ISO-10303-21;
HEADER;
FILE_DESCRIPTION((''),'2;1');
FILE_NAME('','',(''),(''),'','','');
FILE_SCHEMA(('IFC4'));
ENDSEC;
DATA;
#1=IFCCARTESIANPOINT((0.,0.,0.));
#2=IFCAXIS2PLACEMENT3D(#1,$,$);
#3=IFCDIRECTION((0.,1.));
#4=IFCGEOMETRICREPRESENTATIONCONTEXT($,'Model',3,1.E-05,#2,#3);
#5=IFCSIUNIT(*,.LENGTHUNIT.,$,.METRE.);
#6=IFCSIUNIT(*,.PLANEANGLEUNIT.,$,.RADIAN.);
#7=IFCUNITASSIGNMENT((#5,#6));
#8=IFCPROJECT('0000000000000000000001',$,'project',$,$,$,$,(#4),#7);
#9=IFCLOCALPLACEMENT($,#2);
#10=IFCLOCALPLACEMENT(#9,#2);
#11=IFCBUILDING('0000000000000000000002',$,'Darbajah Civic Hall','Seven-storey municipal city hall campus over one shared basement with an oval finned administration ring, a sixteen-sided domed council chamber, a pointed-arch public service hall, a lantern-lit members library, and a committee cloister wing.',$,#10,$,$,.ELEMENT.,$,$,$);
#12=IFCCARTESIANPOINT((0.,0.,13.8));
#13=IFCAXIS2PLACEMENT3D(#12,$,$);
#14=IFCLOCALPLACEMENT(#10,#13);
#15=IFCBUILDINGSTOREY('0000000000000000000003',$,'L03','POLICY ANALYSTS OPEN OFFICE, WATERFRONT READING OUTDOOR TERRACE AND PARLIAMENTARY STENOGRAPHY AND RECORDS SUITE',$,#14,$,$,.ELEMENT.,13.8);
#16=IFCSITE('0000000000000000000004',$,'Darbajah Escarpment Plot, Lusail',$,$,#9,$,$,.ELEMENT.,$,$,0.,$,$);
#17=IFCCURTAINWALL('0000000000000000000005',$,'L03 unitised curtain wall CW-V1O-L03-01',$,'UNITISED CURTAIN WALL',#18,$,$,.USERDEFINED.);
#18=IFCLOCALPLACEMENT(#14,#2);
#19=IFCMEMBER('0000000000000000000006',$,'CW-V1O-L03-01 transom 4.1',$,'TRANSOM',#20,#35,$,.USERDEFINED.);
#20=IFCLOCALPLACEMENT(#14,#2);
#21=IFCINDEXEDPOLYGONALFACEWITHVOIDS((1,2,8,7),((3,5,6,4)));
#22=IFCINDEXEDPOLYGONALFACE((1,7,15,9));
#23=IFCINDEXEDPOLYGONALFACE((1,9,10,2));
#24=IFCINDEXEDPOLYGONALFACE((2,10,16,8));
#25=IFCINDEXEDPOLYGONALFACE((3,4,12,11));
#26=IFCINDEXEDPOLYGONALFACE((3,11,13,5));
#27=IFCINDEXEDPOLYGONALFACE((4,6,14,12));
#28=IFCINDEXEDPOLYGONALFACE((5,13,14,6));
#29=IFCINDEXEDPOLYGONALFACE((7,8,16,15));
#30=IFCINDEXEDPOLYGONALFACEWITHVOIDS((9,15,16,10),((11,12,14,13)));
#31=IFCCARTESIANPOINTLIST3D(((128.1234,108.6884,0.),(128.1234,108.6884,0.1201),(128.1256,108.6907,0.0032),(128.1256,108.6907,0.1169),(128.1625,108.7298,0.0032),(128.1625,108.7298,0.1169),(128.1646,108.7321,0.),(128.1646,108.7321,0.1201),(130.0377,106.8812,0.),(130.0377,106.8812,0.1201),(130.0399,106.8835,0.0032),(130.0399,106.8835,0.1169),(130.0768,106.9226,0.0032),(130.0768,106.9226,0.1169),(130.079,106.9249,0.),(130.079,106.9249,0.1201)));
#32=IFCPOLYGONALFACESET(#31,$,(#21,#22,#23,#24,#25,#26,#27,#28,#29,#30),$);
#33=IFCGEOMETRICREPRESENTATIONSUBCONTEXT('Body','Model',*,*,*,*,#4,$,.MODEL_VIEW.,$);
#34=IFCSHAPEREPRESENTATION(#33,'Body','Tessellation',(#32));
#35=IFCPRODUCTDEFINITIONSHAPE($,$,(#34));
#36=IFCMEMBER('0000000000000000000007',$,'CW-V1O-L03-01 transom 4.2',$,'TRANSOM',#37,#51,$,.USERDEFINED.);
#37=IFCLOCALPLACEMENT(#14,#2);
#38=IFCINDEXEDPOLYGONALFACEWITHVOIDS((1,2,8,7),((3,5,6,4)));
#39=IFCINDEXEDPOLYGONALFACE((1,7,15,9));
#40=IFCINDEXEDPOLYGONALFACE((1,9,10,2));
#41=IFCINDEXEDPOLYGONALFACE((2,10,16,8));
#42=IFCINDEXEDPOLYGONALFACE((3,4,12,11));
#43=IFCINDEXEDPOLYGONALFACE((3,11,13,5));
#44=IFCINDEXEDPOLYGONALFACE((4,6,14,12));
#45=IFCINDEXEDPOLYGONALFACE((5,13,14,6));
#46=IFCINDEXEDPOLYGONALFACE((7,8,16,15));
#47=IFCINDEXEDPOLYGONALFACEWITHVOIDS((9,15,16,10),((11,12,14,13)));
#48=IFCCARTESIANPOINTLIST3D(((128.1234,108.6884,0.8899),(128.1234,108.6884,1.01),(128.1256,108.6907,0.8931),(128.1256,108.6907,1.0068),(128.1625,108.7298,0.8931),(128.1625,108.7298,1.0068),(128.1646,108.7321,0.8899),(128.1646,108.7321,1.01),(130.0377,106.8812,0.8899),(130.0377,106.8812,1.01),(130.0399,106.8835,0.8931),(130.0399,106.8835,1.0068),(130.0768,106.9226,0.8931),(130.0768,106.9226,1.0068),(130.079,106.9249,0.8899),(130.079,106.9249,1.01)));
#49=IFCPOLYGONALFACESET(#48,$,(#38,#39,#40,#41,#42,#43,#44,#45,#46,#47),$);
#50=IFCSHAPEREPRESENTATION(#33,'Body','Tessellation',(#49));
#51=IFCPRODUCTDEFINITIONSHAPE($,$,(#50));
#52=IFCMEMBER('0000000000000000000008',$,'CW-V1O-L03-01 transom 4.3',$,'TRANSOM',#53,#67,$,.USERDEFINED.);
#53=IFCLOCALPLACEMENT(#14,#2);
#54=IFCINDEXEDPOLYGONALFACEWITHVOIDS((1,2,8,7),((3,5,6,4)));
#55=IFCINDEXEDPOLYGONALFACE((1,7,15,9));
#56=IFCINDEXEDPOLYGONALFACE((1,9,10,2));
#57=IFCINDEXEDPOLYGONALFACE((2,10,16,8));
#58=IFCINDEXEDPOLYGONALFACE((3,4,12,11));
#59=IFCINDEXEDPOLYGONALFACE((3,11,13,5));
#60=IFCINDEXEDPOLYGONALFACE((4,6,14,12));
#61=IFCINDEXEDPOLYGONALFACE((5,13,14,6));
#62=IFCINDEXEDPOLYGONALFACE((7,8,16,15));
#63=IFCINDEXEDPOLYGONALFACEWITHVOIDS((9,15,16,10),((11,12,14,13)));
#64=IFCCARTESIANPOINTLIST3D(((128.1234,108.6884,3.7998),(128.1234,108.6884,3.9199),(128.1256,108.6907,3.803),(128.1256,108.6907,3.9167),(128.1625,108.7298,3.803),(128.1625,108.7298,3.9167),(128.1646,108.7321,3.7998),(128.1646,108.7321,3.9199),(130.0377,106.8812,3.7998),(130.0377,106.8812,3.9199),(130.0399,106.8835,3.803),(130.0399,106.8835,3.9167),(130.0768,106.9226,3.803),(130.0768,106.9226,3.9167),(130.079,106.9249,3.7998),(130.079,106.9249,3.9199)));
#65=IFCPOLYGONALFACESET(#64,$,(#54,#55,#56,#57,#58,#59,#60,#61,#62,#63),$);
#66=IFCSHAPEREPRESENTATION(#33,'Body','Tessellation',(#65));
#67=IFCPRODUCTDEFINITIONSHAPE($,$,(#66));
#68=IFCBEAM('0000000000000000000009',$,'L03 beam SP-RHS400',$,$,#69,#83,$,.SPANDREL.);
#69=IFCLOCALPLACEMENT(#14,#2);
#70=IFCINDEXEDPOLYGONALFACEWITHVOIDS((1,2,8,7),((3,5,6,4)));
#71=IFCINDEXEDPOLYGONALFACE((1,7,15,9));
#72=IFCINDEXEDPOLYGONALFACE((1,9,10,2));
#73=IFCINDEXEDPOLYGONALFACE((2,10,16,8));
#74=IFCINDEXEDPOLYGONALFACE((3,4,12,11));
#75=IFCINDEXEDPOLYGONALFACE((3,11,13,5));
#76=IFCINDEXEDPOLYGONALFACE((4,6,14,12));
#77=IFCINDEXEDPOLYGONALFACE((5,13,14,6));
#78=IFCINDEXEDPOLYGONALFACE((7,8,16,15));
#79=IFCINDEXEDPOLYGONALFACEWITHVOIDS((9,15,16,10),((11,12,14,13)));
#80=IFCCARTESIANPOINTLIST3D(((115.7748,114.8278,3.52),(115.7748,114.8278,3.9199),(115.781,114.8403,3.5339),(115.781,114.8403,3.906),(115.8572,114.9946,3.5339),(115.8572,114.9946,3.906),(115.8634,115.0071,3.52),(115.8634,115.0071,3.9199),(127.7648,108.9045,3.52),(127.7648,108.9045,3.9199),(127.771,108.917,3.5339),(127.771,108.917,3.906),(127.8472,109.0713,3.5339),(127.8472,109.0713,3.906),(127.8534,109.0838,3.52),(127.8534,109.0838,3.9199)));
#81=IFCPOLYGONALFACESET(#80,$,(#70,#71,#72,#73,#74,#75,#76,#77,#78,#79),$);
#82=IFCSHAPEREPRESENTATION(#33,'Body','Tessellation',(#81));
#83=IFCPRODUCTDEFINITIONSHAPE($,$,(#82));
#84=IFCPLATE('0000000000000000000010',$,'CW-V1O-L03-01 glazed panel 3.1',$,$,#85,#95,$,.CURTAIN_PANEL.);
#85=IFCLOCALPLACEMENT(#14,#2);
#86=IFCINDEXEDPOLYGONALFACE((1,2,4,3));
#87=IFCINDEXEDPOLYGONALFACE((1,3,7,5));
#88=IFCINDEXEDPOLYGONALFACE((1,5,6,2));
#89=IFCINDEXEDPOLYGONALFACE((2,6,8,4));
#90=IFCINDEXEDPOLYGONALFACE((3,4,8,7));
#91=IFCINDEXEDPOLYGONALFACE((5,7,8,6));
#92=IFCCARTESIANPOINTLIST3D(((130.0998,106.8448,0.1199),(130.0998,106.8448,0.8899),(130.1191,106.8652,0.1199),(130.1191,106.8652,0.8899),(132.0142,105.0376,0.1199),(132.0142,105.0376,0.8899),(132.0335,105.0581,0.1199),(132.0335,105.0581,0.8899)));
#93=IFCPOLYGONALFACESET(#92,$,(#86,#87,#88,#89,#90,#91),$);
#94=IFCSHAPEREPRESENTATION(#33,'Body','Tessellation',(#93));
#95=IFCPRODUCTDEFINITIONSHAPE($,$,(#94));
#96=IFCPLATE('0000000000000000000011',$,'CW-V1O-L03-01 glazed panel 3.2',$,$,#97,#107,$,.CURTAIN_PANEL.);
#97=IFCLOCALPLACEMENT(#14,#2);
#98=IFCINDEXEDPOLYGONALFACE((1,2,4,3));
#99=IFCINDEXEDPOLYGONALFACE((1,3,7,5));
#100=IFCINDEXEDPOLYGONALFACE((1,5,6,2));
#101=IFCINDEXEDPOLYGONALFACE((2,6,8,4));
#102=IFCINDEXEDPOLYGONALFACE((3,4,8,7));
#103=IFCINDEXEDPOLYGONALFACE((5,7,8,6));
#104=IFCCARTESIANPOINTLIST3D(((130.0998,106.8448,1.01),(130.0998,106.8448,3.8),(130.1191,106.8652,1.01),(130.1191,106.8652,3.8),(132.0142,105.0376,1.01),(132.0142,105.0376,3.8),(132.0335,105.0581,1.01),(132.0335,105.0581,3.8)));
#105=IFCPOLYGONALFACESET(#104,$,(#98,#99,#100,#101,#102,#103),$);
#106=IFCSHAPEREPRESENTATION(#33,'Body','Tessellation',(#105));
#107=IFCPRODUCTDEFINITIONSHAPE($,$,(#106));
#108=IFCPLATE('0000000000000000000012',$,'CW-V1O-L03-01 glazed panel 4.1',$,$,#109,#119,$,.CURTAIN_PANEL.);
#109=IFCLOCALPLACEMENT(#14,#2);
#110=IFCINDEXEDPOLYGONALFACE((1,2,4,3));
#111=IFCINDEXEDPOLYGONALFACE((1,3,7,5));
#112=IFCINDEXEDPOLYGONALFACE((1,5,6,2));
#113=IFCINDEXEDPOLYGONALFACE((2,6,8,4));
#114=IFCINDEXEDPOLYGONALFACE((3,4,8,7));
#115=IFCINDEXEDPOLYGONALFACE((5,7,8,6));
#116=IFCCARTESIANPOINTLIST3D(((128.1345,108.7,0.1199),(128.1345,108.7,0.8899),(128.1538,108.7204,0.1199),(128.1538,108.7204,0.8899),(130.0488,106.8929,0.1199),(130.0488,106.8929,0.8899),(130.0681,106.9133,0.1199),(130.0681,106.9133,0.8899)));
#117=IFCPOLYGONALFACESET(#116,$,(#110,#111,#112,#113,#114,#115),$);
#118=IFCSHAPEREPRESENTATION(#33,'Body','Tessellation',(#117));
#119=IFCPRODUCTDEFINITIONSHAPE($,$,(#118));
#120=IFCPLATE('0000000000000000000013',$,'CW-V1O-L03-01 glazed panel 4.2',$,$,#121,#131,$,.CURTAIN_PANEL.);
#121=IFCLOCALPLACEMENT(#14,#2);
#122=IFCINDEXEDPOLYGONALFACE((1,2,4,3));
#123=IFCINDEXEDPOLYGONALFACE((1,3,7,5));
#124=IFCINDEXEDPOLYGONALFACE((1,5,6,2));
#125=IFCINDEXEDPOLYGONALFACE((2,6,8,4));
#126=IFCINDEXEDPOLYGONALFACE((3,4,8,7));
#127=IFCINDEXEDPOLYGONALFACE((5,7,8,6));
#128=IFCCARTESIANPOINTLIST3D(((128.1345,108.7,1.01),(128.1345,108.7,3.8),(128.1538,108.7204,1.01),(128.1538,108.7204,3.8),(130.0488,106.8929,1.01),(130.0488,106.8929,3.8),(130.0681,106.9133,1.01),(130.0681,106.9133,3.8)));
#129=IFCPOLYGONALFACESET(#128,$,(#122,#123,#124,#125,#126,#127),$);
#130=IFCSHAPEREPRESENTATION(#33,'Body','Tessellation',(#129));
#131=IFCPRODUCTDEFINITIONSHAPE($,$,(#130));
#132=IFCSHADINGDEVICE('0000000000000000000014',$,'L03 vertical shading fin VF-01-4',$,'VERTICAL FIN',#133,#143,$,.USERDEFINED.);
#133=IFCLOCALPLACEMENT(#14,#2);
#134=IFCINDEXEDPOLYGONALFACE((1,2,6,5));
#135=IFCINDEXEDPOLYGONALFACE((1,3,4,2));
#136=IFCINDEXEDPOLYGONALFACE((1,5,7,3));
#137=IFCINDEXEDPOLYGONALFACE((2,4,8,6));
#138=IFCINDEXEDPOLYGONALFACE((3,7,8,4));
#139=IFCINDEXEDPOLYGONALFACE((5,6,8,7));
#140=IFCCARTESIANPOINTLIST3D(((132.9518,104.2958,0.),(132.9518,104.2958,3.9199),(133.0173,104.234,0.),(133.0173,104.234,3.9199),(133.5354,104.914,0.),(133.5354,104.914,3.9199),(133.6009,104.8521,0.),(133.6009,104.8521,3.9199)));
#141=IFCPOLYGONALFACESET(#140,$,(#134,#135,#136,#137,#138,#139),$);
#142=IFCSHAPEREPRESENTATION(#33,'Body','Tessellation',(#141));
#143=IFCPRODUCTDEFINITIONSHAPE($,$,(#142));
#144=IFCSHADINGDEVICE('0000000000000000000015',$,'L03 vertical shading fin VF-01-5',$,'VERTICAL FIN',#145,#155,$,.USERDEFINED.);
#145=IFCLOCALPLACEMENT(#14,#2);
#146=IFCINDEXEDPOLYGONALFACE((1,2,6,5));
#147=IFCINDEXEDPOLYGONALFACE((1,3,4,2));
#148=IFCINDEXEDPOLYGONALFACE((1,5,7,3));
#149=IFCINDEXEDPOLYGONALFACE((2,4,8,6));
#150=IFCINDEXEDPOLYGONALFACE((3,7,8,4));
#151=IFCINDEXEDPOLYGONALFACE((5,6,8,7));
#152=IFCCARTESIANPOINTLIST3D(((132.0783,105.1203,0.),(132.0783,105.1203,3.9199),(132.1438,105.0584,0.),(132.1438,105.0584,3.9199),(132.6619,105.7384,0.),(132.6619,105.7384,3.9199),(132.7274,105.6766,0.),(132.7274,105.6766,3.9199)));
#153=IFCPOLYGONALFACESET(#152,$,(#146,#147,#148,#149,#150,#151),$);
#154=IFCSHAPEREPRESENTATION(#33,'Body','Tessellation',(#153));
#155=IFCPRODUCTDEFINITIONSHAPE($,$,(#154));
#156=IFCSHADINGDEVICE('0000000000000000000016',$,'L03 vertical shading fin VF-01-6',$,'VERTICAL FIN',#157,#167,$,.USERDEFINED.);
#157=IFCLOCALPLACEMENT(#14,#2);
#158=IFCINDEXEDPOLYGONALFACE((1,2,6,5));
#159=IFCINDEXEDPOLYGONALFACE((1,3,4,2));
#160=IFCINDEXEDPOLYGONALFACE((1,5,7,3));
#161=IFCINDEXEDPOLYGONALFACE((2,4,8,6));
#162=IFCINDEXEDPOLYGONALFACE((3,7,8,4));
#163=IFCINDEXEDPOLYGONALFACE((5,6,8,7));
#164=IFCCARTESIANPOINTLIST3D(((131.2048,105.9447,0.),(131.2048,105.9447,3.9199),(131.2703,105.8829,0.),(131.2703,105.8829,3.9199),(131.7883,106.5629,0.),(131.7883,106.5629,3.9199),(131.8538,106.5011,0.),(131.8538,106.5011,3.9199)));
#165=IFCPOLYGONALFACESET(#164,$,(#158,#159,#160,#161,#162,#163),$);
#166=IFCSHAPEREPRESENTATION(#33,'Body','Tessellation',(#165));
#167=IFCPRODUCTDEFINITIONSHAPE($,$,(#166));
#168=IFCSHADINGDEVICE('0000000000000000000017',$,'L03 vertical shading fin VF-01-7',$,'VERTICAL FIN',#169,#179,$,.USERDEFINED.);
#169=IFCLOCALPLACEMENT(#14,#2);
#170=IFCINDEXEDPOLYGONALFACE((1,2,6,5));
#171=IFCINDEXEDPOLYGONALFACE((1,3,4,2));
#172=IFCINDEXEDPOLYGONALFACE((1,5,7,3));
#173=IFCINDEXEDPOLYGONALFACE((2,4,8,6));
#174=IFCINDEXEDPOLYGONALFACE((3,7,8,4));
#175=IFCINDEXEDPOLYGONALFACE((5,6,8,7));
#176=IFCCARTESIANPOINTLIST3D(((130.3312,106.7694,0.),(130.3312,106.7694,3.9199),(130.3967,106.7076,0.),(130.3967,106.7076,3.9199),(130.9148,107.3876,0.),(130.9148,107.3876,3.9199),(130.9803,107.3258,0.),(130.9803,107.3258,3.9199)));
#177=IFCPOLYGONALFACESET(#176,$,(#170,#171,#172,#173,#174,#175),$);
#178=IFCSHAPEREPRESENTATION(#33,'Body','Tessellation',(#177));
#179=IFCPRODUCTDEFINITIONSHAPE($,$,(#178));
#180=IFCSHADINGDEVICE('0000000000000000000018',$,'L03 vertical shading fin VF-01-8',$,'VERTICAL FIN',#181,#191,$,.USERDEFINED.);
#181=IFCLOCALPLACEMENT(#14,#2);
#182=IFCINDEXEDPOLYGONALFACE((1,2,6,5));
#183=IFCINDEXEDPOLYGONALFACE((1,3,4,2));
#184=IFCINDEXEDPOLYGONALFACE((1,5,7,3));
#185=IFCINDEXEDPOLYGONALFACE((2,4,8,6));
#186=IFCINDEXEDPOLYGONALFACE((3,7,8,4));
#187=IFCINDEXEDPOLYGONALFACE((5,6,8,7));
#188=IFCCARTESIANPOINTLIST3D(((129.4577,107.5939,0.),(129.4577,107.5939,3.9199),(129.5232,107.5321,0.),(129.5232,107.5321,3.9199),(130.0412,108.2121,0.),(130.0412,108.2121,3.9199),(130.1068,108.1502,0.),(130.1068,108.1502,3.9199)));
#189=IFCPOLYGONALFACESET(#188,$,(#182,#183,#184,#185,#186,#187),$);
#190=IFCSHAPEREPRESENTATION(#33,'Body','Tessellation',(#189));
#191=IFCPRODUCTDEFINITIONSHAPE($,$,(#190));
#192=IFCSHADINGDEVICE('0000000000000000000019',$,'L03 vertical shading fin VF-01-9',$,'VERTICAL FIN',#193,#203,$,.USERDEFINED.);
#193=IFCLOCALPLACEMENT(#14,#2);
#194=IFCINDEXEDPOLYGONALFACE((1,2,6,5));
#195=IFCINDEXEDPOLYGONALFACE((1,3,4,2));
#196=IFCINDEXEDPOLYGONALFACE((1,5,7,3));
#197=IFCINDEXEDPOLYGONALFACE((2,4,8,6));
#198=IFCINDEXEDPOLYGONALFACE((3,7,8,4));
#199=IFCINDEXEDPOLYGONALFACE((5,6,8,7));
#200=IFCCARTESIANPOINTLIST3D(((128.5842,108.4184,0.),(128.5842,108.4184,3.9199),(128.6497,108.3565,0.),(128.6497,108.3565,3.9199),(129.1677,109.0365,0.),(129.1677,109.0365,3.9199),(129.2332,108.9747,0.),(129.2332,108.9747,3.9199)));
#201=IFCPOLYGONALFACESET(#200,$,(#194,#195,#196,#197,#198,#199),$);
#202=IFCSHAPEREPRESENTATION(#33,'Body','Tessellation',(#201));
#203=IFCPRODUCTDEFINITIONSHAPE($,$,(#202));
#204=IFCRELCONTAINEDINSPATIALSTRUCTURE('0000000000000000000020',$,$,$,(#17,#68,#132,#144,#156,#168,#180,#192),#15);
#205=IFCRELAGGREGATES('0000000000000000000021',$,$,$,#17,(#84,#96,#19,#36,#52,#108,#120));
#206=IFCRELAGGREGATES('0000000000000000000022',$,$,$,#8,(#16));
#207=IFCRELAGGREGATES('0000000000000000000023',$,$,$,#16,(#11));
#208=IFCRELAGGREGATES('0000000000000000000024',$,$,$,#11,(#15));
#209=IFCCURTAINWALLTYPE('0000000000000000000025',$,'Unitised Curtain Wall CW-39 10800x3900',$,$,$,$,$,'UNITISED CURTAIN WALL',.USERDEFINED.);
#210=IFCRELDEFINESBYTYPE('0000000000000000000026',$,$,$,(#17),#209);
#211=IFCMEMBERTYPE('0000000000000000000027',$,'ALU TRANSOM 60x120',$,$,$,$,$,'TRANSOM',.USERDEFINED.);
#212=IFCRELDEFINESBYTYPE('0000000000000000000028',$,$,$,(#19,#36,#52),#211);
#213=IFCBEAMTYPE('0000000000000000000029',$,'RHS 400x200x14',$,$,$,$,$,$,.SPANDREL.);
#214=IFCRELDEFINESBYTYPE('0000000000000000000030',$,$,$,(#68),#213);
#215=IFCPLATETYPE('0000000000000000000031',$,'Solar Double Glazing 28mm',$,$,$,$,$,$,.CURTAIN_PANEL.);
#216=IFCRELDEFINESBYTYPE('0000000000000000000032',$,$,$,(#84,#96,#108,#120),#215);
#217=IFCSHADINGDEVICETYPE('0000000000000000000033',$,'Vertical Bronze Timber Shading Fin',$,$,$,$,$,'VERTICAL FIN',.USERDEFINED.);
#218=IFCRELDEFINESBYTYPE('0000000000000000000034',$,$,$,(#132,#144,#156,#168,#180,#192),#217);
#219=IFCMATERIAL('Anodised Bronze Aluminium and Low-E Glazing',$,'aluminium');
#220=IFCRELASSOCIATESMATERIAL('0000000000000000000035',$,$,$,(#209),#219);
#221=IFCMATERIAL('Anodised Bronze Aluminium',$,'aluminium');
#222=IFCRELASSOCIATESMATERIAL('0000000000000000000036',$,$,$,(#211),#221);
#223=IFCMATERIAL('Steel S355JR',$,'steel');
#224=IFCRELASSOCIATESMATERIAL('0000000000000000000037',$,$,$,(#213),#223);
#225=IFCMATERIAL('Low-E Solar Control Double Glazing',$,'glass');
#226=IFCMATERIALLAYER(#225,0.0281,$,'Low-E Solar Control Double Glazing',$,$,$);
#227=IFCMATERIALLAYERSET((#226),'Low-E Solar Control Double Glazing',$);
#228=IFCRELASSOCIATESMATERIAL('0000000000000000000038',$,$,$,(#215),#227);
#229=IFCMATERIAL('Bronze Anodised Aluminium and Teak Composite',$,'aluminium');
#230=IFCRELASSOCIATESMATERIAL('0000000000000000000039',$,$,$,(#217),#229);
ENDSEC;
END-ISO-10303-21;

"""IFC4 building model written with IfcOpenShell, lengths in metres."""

from ifc_helpers import new_model, si_unit, direction, frame, origin, origin_2d, place, context, subcontext, project, spatial, rectangle, hollow_rectangle, extrude, material, layer, layer_set, material_profile, profile_set, type_object, element, aggregate, save


model = new_model("IFC4")

# Units and contexts
model_context = context("Model", 3, precision=1e-05, world=origin(), true_north=direction((0.0, 1.0)))
body_context = subcontext(model_context, "Body", "Model", "MODEL_VIEW")
ifc_project = project(units=[si_unit("LENGTHUNIT", "METRE"), si_unit("PLANEANGLEUNIT", "RADIAN")], contexts=[model_context])

# Site, building, storey
site_placement = place(None, origin())
site = spatial("IfcSite", under=ifc_project, at=site_placement, Name="Darbajah Escarpment Plot, Lusail", CompositionType="ELEMENT", RefElevation=0.0)
building_placement = place(site_placement, origin())
building = spatial("IfcBuilding", under=site, at=building_placement, Name="Darbajah Civic Hall", Description="Seven-storey municipal city hall campus over one shared basement with an oval finned administration ring, a sixteen-sided domed council chamber, a pointed-arch public service hall, a lantern-lit members library, and a committee cloister wing.", CompositionType="ELEMENT")
storey_placement = place(building_placement, frame((0.0, 0.0, 13.8)))
storey = spatial("IfcBuildingStorey", under=building, at=storey_placement, Name="L03", Description="POLICY ANALYSTS OPEN OFFICE, WATERFRONT READING OUTDOOR TERRACE AND PARLIAMENTARY STENOGRAPHY AND RECORDS SUITE", CompositionType="ELEMENT", Elevation=13.8)

# Shared definitions
ifc_material_1 = material(Name="Anodised Bronze Aluminium and Low-E Glazing", Category="aluminium")
ifc_material_2 = material(Name="Anodised Bronze Aluminium", Category="aluminium")

# Curtain wall
curtain_wall_type_1 = type_object("IfcCurtainWallType", Name="Unitised Curtain Wall CW-39 10800x3900", ElementType="UNITISED CURTAIN WALL", PredefinedType="USERDEFINED", material=ifc_material_1)
curtain_wall_1_placement = place(storey_placement, origin())
curtain_wall_1 = element("IfcCurtainWall", 1, at=curtain_wall_1_placement, inside=storey, type_object=curtain_wall_type_1, Name="L03 unitised curtain wall CW-V1O-L03-01", ObjectType="UNITISED CURTAIN WALL", PredefinedType="USERDEFINED")

# Members
ifc_material_profile_1 = material_profile(ifc_material_2, hollow_rectangle(XDim=0.0601, YDim=0.1201, WallThickness=0.0032, at=origin_2d()), Name="ALU TRANSOM 60x120")
ifc_profile_set_1 = profile_set([ifc_material_profile_1], Name="Anodised Bronze Aluminium")
member_type_1 = type_object("IfcMemberType", Name="ALU TRANSOM 60x120", ElementType="TRANSOM", PredefinedType="USERDEFINED", material=ifc_profile_set_1)
member_1_placement = place(storey_placement, frame((130.0583, 106.9031, 0.0601), z_axis=(-0.72717, 0.686457, 0.0), x_axis=(-0.686457, -0.72717, 0.0)))
member_1 = element("IfcMember", 2, at=member_1_placement, type_object=member_type_1, Name="CW-V1O-L03-01 transom 4.1", ObjectType="TRANSOM", PredefinedType="USERDEFINED", context=body_context, shape_type="SweptSolid", body=[
    extrude(hollow_rectangle(XDim=0.0601, YDim=0.1201, WallThickness=0.0032, at=origin_2d()), origin(), (0.0, 0.0, 1.0), 2.6326),
])
member_2_placement = place(storey_placement, frame((130.0583, 106.9031, 0.95), z_axis=(-0.72717, 0.686457, 0.0), x_axis=(-0.686457, -0.72717, 0.0)))
member_2 = element("IfcMember", 3, at=member_2_placement, type_object=member_type_1, Name="CW-V1O-L03-01 transom 4.2", ObjectType="TRANSOM", PredefinedType="USERDEFINED", context=body_context, shape_type="SweptSolid", body=[
    extrude(hollow_rectangle(XDim=0.0601, YDim=0.1201, WallThickness=0.0032, at=origin_2d()), origin(), (0.0, 0.0, 1.0), 2.6326),
])
member_3_placement = place(storey_placement, frame((130.0583, 106.9031, 3.8599), z_axis=(-0.72717, 0.686457, 0.0), x_axis=(-0.686457, -0.72717, 0.0)))
member_3 = element("IfcMember", 4, at=member_3_placement, type_object=member_type_1, Name="CW-V1O-L03-01 transom 4.3", ObjectType="TRANSOM", PredefinedType="USERDEFINED", context=body_context, shape_type="SweptSolid", body=[
    extrude(hollow_rectangle(XDim=0.0601, YDim=0.1201, WallThickness=0.0032, at=origin_2d()), origin(), (0.0, 0.0, 1.0), 2.6326),
])

# Beam
ifc_material_3 = material(Name="Steel S355JR", Category="steel")
ifc_material_profile_2 = material_profile(ifc_material_3, hollow_rectangle(XDim=0.2, YDim=0.3999, WallThickness=0.0139, at=origin_2d()), Name="RHS 400x200x14")
ifc_profile_set_2 = profile_set([ifc_material_profile_2], Name="Steel S355JR")
beam_type = type_object("IfcBeamType", Name="RHS 400x200x14", PredefinedType="SPANDREL", material=ifc_profile_set_2)
beam_placement = place(storey_placement, frame((127.8091, 108.9941, 3.72), z_axis=(-0.89656, 0.442922, 0.0), x_axis=(-0.442922, -0.89656, 0.0)))
element("IfcBeam", 5, at=beam_placement, inside=storey, type_object=beam_type, Name="L03 beam SP-RHS400", PredefinedType="SPANDREL", context=body_context, shape_type="SweptSolid", body=[
    extrude(hollow_rectangle(XDim=0.2, YDim=0.3999, WallThickness=0.0139, at=origin_2d()), origin(), (0.0, 0.0, 1.0), 13.3733),
])

# Plates
ifc_material_4 = material(Name="Low-E Solar Control Double Glazing", Category="glass")
ifc_layer = layer(ifc_material_4, 0.0281, Name="Low-E Solar Control Double Glazing")
ifc_layer_set = layer_set([ifc_layer], Name="Low-E Solar Control Double Glazing")
plate_type = type_object("IfcPlateType", Name="Solar Double Glazing 28mm", PredefinedType="CURTAIN_PANEL", material=ifc_layer_set)
plate_1_placement = place(storey_placement, frame((131.0667, 105.9514, 0.1199), z_axis=(0.0, 0.0, 1.0), x_axis=(-0.727174, 0.686453, 0.0)))
plate_1 = element("IfcPlate", 6, at=plate_1_placement, type_object=plate_type, Name="CW-V1O-L03-01 glazed panel 3.1", PredefinedType="CURTAIN_PANEL", context=body_context, shape_type="SweptSolid", body=[
    extrude(rectangle(XDim=2.6326, YDim=0.0281, at=origin_2d()), origin(), (0.0, 0.0, 1.0), 0.77),
])
plate_2_placement = place(storey_placement, frame((131.0667, 105.9514, 1.01), z_axis=(0.0, 0.0, 1.0), x_axis=(-0.727174, 0.686453, 0.0)))
plate_2 = element("IfcPlate", 7, at=plate_2_placement, type_object=plate_type, Name="CW-V1O-L03-01 glazed panel 3.2", PredefinedType="CURTAIN_PANEL", context=body_context, shape_type="SweptSolid", body=[
    extrude(rectangle(XDim=2.6326, YDim=0.0281, at=origin_2d()), origin(), (0.0, 0.0, 1.0), 2.79),
])
plate_3_placement = place(storey_placement, frame((129.1013, 107.8066, 0.1199), z_axis=(0.0, 0.0, 1.0), x_axis=(-0.727174, 0.686453, 0.0)))
plate_3 = element("IfcPlate", 8, at=plate_3_placement, type_object=plate_type, Name="CW-V1O-L03-01 glazed panel 4.1", PredefinedType="CURTAIN_PANEL", context=body_context, shape_type="SweptSolid", body=[
    extrude(rectangle(XDim=2.6326, YDim=0.0281, at=origin_2d()), origin(), (0.0, 0.0, 1.0), 0.77),
])
plate_4_placement = place(storey_placement, frame((129.1013, 107.8066, 1.01), z_axis=(0.0, 0.0, 1.0), x_axis=(-0.727174, 0.686453, 0.0)))
plate_4 = element("IfcPlate", 9, at=plate_4_placement, type_object=plate_type, Name="CW-V1O-L03-01 glazed panel 4.2", PredefinedType="CURTAIN_PANEL", context=body_context, shape_type="SweptSolid", body=[
    extrude(rectangle(XDim=2.6326, YDim=0.0281, at=origin_2d()), origin(), (0.0, 0.0, 1.0), 2.79),
])
aggregate(curtain_wall_1, [plate_1, plate_2, member_1, member_2, member_3, plate_3, plate_4])

# Shading devices
ifc_material_5 = material(Name="Bronze Anodised Aluminium and Teak Composite", Category="aluminium")
shading_device_type = type_object("IfcShadingDeviceType", Name="Vertical Bronze Timber Shading Fin", ElementType="VERTICAL FIN", PredefinedType="USERDEFINED", material=ifc_material_5)
for number, where, z_axis, x_axis, name in (
    (10, (133.2764, 104.574, 0.0), (0.0, 0.0, 1.0), (0.686453, 0.727174, 0.0), "L03 vertical shading fin VF-01-4"),
    (11, (132.4028, 105.3984, 0.0), (0.0, 0.0, 1.0), (0.686453, 0.727174, 0.0), "L03 vertical shading fin VF-01-5"),
    (12, (131.5293, 106.2229, 0.0), (0.0, 0.0, 1.0), (0.686453, 0.727174, 0.0), "L03 vertical shading fin VF-01-6"),
    (13, (130.6558, 107.0476, 0.0), (0.0, 0.0, 1.0), (0.686453, 0.727174, 0.0), "L03 vertical shading fin VF-01-7"),
    (14, (129.7822, 107.8721, 0.0), (0.0, 0.0, 1.0), (0.686453, 0.727174, 0.0), "L03 vertical shading fin VF-01-8"),
    (15, (128.9087, 108.6965, 0.0), (0.0, 0.0, 1.0), (0.686453, 0.727174, 0.0), "L03 vertical shading fin VF-01-9"),
):
    element("IfcShadingDevice", number, at=place(storey_placement, frame(where, z_axis=z_axis, x_axis=x_axis)), inside=storey, type_object=shading_device_type, Name=name, ObjectType="VERTICAL FIN", PredefinedType="USERDEFINED", context=body_context, shape_type="SweptSolid", body=[
        extrude(rectangle(XDim=0.8501, YDim=0.0901, at=origin_2d()), origin(), (0.0, 0.0, 1.0), 3.9199),
    ])

save(model, "model.ifc")
